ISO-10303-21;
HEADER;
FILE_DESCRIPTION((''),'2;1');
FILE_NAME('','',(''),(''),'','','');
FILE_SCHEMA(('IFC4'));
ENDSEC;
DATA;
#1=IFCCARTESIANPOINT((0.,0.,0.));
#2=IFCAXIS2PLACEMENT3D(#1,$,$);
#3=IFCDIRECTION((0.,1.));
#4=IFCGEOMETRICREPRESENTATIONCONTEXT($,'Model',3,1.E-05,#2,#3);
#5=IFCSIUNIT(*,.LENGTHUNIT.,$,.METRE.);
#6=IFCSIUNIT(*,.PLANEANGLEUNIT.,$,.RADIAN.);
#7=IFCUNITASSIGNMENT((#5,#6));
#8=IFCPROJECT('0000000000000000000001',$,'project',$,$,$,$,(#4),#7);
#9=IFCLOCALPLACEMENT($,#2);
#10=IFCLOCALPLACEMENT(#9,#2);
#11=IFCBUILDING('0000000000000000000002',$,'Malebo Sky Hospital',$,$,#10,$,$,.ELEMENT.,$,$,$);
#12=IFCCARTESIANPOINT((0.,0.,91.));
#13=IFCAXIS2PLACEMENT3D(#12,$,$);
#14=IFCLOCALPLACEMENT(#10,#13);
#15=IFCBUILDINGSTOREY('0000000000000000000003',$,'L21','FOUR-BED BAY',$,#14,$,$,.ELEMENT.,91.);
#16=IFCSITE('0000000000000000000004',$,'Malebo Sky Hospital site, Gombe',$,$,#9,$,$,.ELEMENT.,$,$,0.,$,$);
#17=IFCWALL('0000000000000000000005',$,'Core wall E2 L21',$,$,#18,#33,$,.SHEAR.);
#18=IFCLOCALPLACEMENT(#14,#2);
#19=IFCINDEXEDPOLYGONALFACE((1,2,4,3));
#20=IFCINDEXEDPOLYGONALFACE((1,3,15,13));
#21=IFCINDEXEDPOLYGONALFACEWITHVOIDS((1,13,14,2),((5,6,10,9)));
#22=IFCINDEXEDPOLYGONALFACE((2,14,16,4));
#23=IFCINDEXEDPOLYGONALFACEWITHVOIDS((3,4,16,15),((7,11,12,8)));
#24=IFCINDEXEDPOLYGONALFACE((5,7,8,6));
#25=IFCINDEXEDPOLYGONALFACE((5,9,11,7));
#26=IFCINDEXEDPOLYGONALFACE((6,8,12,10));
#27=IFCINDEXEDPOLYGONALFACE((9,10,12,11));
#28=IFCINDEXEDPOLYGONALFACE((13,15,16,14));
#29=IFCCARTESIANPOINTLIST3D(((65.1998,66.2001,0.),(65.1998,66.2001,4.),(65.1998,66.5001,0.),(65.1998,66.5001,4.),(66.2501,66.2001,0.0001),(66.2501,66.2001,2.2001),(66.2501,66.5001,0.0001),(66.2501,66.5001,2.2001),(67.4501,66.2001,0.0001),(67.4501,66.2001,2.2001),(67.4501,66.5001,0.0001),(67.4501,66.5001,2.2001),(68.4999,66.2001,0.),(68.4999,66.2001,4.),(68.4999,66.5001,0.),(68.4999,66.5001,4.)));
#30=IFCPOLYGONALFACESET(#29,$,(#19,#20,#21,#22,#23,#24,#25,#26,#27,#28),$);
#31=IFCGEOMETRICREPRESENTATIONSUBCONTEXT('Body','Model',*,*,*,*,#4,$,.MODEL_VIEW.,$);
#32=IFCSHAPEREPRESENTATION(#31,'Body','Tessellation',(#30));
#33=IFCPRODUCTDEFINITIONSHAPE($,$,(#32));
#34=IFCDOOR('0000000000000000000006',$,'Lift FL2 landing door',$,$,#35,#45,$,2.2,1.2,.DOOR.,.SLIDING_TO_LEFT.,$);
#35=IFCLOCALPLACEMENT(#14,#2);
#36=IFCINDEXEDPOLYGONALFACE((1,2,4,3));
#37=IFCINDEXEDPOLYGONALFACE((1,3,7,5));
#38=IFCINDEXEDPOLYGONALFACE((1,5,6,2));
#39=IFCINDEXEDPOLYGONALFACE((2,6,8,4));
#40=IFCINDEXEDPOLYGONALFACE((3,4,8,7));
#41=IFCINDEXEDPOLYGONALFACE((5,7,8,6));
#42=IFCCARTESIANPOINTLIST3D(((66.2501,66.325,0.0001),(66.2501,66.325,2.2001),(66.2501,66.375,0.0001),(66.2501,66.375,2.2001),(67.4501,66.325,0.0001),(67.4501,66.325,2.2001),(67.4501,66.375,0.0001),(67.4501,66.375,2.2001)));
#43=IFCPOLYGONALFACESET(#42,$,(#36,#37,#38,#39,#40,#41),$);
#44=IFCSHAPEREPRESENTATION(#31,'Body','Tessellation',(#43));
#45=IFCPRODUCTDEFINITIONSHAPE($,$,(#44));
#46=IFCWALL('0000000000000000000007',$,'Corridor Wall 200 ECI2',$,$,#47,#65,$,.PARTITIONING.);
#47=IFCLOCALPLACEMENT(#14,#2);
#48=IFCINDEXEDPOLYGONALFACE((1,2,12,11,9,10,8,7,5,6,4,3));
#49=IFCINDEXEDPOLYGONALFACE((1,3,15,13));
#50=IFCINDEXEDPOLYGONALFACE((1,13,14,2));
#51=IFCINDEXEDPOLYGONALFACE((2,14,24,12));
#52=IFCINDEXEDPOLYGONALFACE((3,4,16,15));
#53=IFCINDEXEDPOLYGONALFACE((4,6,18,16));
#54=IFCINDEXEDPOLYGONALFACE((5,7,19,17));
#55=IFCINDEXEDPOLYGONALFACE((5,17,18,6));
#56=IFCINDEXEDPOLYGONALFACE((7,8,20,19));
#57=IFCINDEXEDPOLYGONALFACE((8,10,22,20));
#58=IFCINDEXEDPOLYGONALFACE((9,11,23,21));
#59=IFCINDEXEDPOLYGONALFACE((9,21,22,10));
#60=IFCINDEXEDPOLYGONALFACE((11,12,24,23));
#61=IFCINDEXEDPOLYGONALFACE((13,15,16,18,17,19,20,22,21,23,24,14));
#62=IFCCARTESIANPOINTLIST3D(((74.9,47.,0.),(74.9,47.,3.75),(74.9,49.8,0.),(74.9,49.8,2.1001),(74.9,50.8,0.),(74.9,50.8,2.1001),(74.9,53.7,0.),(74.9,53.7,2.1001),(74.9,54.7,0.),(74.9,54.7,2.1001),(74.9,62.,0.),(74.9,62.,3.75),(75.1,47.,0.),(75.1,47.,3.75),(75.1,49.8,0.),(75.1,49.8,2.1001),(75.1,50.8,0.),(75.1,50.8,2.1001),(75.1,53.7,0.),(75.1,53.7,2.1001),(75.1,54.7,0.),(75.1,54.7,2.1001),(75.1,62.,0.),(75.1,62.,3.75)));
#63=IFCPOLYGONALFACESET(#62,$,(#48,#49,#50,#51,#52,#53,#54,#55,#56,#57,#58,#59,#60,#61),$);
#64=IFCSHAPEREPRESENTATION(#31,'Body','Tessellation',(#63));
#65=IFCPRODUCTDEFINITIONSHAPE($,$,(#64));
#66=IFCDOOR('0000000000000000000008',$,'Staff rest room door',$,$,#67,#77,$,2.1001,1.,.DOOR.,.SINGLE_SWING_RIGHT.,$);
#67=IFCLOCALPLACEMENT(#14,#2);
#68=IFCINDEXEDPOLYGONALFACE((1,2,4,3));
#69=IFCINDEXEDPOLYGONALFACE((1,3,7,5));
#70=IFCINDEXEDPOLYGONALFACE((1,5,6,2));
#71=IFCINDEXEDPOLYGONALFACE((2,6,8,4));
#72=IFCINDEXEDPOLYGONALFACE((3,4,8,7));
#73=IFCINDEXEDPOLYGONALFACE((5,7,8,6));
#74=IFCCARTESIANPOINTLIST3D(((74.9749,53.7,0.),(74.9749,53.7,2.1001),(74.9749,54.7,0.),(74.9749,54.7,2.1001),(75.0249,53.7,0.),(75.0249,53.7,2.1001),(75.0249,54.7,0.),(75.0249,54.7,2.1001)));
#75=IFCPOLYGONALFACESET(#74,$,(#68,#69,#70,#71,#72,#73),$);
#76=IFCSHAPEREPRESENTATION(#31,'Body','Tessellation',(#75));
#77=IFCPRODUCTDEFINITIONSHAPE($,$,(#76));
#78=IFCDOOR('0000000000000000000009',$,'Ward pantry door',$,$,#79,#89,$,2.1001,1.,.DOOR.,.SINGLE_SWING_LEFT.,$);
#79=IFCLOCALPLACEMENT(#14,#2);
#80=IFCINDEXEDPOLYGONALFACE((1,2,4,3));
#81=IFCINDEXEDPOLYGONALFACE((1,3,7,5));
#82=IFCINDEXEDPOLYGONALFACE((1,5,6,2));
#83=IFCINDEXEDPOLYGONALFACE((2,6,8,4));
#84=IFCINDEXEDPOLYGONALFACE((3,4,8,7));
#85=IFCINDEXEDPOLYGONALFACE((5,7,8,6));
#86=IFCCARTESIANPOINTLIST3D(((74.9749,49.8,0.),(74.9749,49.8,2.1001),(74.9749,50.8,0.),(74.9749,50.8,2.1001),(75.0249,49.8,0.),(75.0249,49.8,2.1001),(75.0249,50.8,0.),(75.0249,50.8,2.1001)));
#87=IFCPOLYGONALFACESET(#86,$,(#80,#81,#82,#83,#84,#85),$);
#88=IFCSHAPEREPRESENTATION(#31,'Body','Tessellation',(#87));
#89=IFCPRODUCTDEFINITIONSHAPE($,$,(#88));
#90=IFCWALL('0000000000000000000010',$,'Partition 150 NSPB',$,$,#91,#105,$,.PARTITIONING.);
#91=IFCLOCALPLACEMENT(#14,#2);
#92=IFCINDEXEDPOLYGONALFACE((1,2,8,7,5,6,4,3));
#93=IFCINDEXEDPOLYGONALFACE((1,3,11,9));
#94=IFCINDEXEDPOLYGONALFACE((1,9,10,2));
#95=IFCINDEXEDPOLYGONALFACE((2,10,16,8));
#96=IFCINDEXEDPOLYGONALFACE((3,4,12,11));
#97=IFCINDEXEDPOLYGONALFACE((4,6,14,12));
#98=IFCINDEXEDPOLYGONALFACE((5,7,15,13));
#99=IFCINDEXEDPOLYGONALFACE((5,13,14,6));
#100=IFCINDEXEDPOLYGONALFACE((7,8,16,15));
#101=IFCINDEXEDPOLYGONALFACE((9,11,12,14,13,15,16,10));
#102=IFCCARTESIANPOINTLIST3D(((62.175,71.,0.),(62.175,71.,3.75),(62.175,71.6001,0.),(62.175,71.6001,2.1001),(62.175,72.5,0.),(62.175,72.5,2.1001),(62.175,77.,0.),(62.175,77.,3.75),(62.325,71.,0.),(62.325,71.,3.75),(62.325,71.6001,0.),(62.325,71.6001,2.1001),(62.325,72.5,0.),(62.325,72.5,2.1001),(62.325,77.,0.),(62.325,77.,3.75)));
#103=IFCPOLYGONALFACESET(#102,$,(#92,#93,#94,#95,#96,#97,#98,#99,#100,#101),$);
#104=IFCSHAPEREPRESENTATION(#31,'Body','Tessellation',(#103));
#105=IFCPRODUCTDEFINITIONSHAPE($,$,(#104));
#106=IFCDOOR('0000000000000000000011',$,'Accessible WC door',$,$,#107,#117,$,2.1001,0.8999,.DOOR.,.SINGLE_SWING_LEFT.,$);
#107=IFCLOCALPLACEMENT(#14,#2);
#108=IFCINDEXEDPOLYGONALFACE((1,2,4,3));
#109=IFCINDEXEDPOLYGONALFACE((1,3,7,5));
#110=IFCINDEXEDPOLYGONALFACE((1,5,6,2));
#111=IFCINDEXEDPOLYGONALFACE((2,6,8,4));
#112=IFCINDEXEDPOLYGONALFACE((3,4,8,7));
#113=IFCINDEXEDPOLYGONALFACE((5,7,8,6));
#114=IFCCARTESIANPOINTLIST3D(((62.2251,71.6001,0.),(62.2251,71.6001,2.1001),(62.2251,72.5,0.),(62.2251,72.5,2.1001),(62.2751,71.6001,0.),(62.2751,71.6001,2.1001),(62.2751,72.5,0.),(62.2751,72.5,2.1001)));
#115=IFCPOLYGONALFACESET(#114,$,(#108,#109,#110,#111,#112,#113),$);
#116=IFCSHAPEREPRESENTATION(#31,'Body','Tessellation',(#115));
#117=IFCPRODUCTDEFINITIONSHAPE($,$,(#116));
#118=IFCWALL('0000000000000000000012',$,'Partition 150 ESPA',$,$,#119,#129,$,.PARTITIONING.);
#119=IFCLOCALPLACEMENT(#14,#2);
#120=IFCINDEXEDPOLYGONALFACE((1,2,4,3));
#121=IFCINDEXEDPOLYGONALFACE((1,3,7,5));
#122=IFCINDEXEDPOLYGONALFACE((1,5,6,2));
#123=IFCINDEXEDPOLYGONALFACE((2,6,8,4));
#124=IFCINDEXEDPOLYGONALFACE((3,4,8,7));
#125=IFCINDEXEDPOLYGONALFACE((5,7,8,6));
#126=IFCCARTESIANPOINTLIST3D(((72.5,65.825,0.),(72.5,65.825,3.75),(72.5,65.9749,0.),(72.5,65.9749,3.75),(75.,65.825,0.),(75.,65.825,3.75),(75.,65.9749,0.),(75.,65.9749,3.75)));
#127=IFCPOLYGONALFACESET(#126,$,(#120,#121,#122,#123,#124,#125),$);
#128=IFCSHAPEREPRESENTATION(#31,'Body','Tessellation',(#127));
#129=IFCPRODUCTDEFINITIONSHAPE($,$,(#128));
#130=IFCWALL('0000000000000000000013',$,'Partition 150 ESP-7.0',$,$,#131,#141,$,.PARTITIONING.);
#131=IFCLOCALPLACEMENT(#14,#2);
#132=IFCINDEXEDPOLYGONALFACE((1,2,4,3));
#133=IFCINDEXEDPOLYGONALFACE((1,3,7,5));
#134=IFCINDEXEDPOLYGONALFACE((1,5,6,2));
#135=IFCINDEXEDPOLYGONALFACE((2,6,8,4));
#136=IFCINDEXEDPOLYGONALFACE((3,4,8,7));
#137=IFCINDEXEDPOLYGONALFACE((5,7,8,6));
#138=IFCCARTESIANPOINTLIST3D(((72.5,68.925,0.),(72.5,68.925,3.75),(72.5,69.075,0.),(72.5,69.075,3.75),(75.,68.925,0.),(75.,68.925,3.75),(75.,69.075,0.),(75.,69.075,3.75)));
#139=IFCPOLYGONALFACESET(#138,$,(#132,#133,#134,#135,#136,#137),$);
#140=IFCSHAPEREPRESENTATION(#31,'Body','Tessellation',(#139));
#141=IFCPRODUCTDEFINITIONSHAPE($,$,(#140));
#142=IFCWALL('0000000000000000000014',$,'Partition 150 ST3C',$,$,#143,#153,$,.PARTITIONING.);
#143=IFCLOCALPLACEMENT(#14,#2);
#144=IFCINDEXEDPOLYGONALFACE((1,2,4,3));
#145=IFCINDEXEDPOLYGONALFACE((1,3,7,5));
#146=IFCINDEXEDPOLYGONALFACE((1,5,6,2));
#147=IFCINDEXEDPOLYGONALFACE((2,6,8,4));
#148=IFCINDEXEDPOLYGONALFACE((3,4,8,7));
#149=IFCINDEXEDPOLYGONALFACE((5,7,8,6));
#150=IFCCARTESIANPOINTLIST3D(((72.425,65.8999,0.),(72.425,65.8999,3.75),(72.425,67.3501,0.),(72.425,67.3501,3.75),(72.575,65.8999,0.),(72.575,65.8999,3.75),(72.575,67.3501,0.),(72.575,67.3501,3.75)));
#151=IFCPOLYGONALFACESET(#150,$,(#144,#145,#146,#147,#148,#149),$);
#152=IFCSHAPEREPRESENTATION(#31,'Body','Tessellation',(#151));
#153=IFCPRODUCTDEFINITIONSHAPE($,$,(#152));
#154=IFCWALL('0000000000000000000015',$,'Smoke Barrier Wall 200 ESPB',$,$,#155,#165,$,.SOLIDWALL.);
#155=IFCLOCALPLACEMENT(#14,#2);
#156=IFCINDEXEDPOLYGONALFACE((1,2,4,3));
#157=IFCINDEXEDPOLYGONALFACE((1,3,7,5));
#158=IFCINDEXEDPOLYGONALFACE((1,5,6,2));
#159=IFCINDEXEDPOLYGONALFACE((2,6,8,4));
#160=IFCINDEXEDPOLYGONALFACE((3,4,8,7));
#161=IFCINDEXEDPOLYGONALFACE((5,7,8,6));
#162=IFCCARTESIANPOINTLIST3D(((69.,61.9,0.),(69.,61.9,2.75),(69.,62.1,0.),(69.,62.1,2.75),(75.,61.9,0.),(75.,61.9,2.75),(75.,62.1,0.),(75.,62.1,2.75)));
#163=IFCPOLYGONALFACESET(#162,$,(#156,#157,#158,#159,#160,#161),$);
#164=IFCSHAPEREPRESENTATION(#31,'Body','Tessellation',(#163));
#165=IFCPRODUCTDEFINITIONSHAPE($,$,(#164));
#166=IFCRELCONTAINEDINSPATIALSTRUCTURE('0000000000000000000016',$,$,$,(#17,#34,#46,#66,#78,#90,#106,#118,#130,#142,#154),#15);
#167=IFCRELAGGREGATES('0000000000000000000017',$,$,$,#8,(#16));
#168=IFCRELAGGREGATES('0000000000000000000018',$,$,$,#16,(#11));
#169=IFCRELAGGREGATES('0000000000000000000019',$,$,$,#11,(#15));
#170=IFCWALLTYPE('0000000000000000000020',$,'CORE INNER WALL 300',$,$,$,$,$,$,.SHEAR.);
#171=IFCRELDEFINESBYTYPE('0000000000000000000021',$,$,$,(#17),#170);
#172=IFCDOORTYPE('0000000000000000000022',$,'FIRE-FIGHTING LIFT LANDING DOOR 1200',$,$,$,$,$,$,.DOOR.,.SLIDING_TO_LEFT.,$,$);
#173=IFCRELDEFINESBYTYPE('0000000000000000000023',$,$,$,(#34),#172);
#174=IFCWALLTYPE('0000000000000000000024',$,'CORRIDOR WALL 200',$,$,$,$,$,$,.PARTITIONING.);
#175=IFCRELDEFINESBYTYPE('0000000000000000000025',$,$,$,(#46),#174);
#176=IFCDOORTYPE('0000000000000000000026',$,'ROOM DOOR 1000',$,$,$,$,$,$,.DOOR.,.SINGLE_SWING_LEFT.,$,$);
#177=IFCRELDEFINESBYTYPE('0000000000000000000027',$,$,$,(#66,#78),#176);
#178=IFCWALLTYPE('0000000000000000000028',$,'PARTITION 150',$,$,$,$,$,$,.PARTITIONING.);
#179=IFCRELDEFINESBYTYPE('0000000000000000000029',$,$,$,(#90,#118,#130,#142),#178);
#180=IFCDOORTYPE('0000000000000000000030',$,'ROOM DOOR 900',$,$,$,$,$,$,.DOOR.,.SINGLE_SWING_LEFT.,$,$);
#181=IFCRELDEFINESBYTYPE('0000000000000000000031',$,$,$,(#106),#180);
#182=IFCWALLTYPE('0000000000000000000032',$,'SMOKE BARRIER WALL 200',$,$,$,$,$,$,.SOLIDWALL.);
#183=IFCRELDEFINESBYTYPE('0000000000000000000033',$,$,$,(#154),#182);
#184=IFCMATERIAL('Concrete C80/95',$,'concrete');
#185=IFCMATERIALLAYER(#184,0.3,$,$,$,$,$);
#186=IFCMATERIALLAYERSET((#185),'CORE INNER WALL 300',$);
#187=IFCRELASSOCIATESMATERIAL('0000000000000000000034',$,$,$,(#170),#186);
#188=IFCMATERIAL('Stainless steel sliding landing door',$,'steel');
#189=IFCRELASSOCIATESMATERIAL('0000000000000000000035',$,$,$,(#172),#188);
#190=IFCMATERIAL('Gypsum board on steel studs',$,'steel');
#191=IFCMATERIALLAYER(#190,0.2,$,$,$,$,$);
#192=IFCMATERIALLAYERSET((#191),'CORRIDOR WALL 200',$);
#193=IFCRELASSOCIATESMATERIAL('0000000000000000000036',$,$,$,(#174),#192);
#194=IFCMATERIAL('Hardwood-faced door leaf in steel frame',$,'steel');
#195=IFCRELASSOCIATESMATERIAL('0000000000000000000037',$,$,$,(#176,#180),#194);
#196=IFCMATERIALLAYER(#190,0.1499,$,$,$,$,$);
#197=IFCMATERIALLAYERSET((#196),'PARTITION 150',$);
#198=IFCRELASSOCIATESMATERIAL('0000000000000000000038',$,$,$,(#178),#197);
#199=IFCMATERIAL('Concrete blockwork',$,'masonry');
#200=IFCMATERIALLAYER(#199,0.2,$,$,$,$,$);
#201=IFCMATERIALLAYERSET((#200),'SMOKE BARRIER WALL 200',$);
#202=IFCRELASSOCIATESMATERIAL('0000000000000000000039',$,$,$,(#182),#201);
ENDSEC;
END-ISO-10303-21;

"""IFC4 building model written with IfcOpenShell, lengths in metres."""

from ifc_helpers import new_model, si_unit, direction, frame, frame_2d, origin, place, context, subcontext, project, spatial, rectangle, extrude, material, layer, layer_set, type_object, element, fill, save


model = new_model("IFC4")

# Units and contexts
model_context = context("Model", 3, precision=1e-05, world=origin(), true_north=direction((0.0, 1.0)))
body_context = subcontext(model_context, "Body", "Model", "MODEL_VIEW")
ifc_project = project(units=[si_unit("LENGTHUNIT", "METRE"), si_unit("PLANEANGLEUNIT", "RADIAN")], contexts=[model_context])

# Site, building, storey
site_placement = place(None, origin())
site = spatial("IfcSite", under=ifc_project, at=site_placement, Name="Malebo Sky Hospital site, Gombe", CompositionType="ELEMENT", RefElevation=0.0)
building_placement = place(site_placement, origin())
building = spatial("IfcBuilding", under=site, at=building_placement, Name="Malebo Sky Hospital", CompositionType="ELEMENT")
storey_placement = place(building_placement, frame((0.0, 0.0, 91.0)))
storey = spatial("IfcBuildingStorey", under=building, at=storey_placement, Name="L21", Description="FOUR-BED BAY", CompositionType="ELEMENT", Elevation=91.0)

# Shared definitions
ifc_material_1 = material(Name="Concrete C80/95", Category="concrete")

# Wall, opening, door
ifc_layer_1 = layer(ifc_material_1, 0.3)
ifc_layer_set_1 = layer_set([ifc_layer_1], Name="CORE INNER WALL 300")
wall_type_1 = type_object("IfcWallType", Name="CORE INNER WALL 300", PredefinedType="SHEAR", material=ifc_layer_set_1)
wall_1_placement = place(storey_placement, frame((65.2, 66.3501, 0.0), z_axis=(0.0, 0.0, 1.0), x_axis=(1.0, 0.0, 0.0)))
wall_1 = element("IfcWall", 1, at=wall_1_placement, inside=storey, type_object=wall_type_1, Name="Core wall E2 L21", PredefinedType="SHEAR", context=body_context, shape_type="SweptSolid", body=[
    extrude(rectangle(XDim=3.3, YDim=0.3, at=frame_2d((1.6499, 0.0))), origin(), (0.0, 0.0, 1.0), 4.0),
])
opening_1_placement = place(wall_1_placement, frame((1.05, 0.0, 0.0)))
opening_1 = element("IfcOpeningElement", 2, at=opening_1_placement, cuts=wall_1, PredefinedType="OPENING", context=body_context, shape_type="SweptSolid", body=[
    extrude(rectangle(XDim=1.2, YDim=2.2, at=frame_2d((0.6001, 1.1001))), frame((0.0, 0.1599, 0.0), z_axis=(0.0, -1.0, 0.0), x_axis=(1.0, 0.0, 0.0)), (0.0, 0.0, 1.0), 0.3201),
])
ifc_material_2 = material(Name="Stainless steel sliding landing door", Category="steel")
door_type_1 = type_object("IfcDoorType", Name="FIRE-FIGHTING LIFT LANDING DOOR 1200", OperationType="SLIDING_TO_LEFT", PredefinedType="DOOR", material=ifc_material_2)
door_1_placement = place(opening_1_placement, origin())
door_1 = element("IfcDoor", 3, at=door_1_placement, inside=storey, type_object=door_type_1, Name="Lift FL2 landing door", OperationType="SLIDING_TO_LEFT", OverallHeight=2.2, OverallWidth=1.2, PredefinedType="DOOR", context=body_context, shape_type="SweptSolid", body=[
    extrude(rectangle(XDim=1.2, YDim=2.2, at=frame_2d((0.6001, 1.1001))), frame((0.0, 0.0249, 0.0), z_axis=(0.0, -1.0, 0.0), x_axis=(1.0, 0.0, 0.0)), (0.0, 0.0, 1.0), 0.05),
])
fill(opening_1, door_1)

# Wall, openings, doors
ifc_material_3 = material(Name="Gypsum board on steel studs", Category="steel")
ifc_layer_2 = layer(ifc_material_3, 0.2)
ifc_layer_set_2 = layer_set([ifc_layer_2], Name="CORRIDOR WALL 200")
wall_type_2 = type_object("IfcWallType", Name="CORRIDOR WALL 200", PredefinedType="PARTITIONING", material=ifc_layer_set_2)
wall_2_placement = place(storey_placement, frame((75.0, 62.0, 0.0), z_axis=(0.0, 0.0, 1.0), x_axis=(0.0, -1.0, 0.0)))
wall_2 = element("IfcWall", 4, at=wall_2_placement, inside=storey, type_object=wall_type_2, Name="Corridor Wall 200 ECI2", PredefinedType="PARTITIONING", context=body_context, shape_type="SweptSolid", body=[
    extrude(rectangle(XDim=15.0, YDim=0.2, at=frame_2d((7.5, 0.0))), origin(), (0.0, 0.0, 1.0), 3.75),
])
opening_2_placement = place(wall_2_placement, frame((7.3, 0.0, 0.0)))
opening_2 = element("IfcOpeningElement", 5, at=opening_2_placement, cuts=wall_2, PredefinedType="OPENING", context=body_context, shape_type="SweptSolid", body=[
    extrude(rectangle(XDim=1.0, YDim=2.1001, at=frame_2d((0.5, 1.05))), frame((0.0, 0.1099, 0.0), z_axis=(0.0, -1.0, 0.0), x_axis=(1.0, 0.0, 0.0)), (0.0, 0.0, 1.0), 0.22),
])
opening_3_placement = place(wall_2_placement, frame((11.2, 0.0, 0.0)))
opening_3 = element("IfcOpeningElement", 6, at=opening_3_placement, cuts=wall_2, PredefinedType="OPENING", context=body_context, shape_type="SweptSolid", body=[
    extrude(rectangle(XDim=1.0, YDim=2.1001, at=frame_2d((0.5, 1.05))), frame((0.0, 0.1099, 0.0), z_axis=(0.0, -1.0, 0.0), x_axis=(1.0, 0.0, 0.0)), (0.0, 0.0, 1.0), 0.22),
])
ifc_material_4 = material(Name="Hardwood-faced door leaf in steel frame", Category="steel")
door_type_2 = type_object("IfcDoorType", Name="ROOM DOOR 1000", OperationType="SINGLE_SWING_LEFT", PredefinedType="DOOR", material=ifc_material_4)
door_2_placement = place(opening_2_placement, origin())
door_2 = element("IfcDoor", 7, at=door_2_placement, inside=storey, type_object=door_type_2, Name="Staff rest room door", OperationType="SINGLE_SWING_RIGHT", OverallHeight=2.1001, OverallWidth=1.0, PredefinedType="DOOR", context=body_context, shape_type="SweptSolid", body=[
    extrude(rectangle(XDim=1.0, YDim=2.1001, at=frame_2d((0.5, 1.05))), frame((0.0, 0.0249, 0.0), z_axis=(0.0, -1.0, 0.0), x_axis=(1.0, 0.0, 0.0)), (0.0, 0.0, 1.0), 0.05),
])
fill(opening_2, door_2)
door_3_placement = place(opening_3_placement, origin())
door_3 = element("IfcDoor", 8, at=door_3_placement, inside=storey, type_object=door_type_2, Name="Ward pantry door", OperationType="SINGLE_SWING_LEFT", OverallHeight=2.1001, OverallWidth=1.0, PredefinedType="DOOR", context=body_context, shape_type="SweptSolid", body=[
    extrude(rectangle(XDim=1.0, YDim=2.1001, at=frame_2d((0.5, 1.05))), frame((0.0, 0.0249, 0.0), z_axis=(0.0, -1.0, 0.0), x_axis=(1.0, 0.0, 0.0)), (0.0, 0.0, 1.0), 0.05),
])
fill(opening_3, door_3)

# Wall, opening, door
ifc_layer_3 = layer(ifc_material_3, 0.1499)
ifc_layer_set_3 = layer_set([ifc_layer_3], Name="PARTITION 150")
wall_type_3 = type_object("IfcWallType", Name="PARTITION 150", PredefinedType="PARTITIONING", material=ifc_layer_set_3)
wall_3_placement = place(storey_placement, frame((62.25, 71.0, 0.0), z_axis=(0.0, 0.0, 1.0), x_axis=(0.0, 1.0, 0.0)))
wall_3 = element("IfcWall", 9, at=wall_3_placement, inside=storey, type_object=wall_type_3, Name="Partition 150 NSPB", PredefinedType="PARTITIONING", context=body_context, shape_type="SweptSolid", body=[
    extrude(rectangle(XDim=6.0, YDim=0.1499, at=frame_2d((3.0, 0.0))), origin(), (0.0, 0.0, 1.0), 3.75),
])
opening_4_placement = place(wall_3_placement, frame((0.6001, 0.0, 0.0)))
opening_4 = element("IfcOpeningElement", 10, at=opening_4_placement, cuts=wall_3, PredefinedType="OPENING", context=body_context, shape_type="SweptSolid", body=[
    extrude(rectangle(XDim=0.8999, YDim=2.1001, at=frame_2d((0.45, 1.05))), frame((0.0, 0.085, 0.0), z_axis=(0.0, -1.0, 0.0), x_axis=(1.0, 0.0, 0.0)), (0.0, 0.0, 1.0), 0.1699),
])
door_type_3 = type_object("IfcDoorType", Name="ROOM DOOR 900", OperationType="SINGLE_SWING_LEFT", PredefinedType="DOOR", material=ifc_material_4)
door_4_placement = place(opening_4_placement, origin())
door_4 = element("IfcDoor", 11, at=door_4_placement, inside=storey, type_object=door_type_3, Name="Accessible WC door", OperationType="SINGLE_SWING_LEFT", OverallHeight=2.1001, OverallWidth=0.8999, PredefinedType="DOOR", context=body_context, shape_type="SweptSolid", body=[
    extrude(rectangle(XDim=0.8999, YDim=2.1001, at=frame_2d((0.45, 1.05))), frame((0.0, 0.0249, 0.0), z_axis=(0.0, -1.0, 0.0), x_axis=(1.0, 0.0, 0.0)), (0.0, 0.0, 1.0), 0.05),
])
fill(opening_4, door_4)

# Walls
for number, where, z_axis, x_axis, name in (
    (12, (72.5, 65.8999, 0.0), (0.0, 0.0, 1.0), (1.0, 0.0, 0.0), "Partition 150 ESPA"),
    (13, (72.5, 69.0, 0.0), (0.0, 0.0, 1.0), (1.0, 0.0, 0.0), "Partition 150 ESP-7.0"),
):
    element("IfcWall", number, at=place(storey_placement, frame(where, z_axis=z_axis, x_axis=x_axis)), inside=storey, type_object=wall_type_3, Name=name, PredefinedType="PARTITIONING", context=body_context, shape_type="SweptSolid", body=[
        extrude(rectangle(XDim=2.5, YDim=0.1499, at=frame_2d((1.25, 0.0))), origin(), (0.0, 0.0, 1.0), 3.75),
    ])
wall_4_placement = place(storey_placement, frame((72.5, 65.8999, 0.0), z_axis=(0.0, 0.0, 1.0), x_axis=(0.0, 1.0, 0.0)))
element("IfcWall", 14, at=wall_4_placement, inside=storey, type_object=wall_type_3, Name="Partition 150 ST3C", PredefinedType="PARTITIONING", context=body_context, shape_type="SweptSolid", body=[
    extrude(rectangle(XDim=1.4502, YDim=0.1499, at=frame_2d((0.7251, 0.0))), origin(), (0.0, 0.0, 1.0), 3.75),
])
ifc_material_5 = material(Name="Concrete blockwork", Category="masonry")
ifc_layer_4 = layer(ifc_material_5, 0.2)
ifc_layer_set_4 = layer_set([ifc_layer_4], Name="SMOKE BARRIER WALL 200")
wall_type_4 = type_object("IfcWallType", Name="SMOKE BARRIER WALL 200", PredefinedType="SOLIDWALL", material=ifc_layer_set_4)
wall_5_placement = place(storey_placement, frame((69.0, 62.0, 0.0), z_axis=(0.0, 0.0, 1.0), x_axis=(1.0, 0.0, 0.0)))
element("IfcWall", 15, at=wall_5_placement, inside=storey, type_object=wall_type_4, Name="Smoke Barrier Wall 200 ESPB", PredefinedType="SOLIDWALL", context=body_context, shape_type="SweptSolid", body=[
    extrude(rectangle(XDim=6.0, YDim=0.2, at=frame_2d((3.0, 0.0))), origin(), (0.0, 0.0, 1.0), 2.75),
])

save(model, "model.ifc")
